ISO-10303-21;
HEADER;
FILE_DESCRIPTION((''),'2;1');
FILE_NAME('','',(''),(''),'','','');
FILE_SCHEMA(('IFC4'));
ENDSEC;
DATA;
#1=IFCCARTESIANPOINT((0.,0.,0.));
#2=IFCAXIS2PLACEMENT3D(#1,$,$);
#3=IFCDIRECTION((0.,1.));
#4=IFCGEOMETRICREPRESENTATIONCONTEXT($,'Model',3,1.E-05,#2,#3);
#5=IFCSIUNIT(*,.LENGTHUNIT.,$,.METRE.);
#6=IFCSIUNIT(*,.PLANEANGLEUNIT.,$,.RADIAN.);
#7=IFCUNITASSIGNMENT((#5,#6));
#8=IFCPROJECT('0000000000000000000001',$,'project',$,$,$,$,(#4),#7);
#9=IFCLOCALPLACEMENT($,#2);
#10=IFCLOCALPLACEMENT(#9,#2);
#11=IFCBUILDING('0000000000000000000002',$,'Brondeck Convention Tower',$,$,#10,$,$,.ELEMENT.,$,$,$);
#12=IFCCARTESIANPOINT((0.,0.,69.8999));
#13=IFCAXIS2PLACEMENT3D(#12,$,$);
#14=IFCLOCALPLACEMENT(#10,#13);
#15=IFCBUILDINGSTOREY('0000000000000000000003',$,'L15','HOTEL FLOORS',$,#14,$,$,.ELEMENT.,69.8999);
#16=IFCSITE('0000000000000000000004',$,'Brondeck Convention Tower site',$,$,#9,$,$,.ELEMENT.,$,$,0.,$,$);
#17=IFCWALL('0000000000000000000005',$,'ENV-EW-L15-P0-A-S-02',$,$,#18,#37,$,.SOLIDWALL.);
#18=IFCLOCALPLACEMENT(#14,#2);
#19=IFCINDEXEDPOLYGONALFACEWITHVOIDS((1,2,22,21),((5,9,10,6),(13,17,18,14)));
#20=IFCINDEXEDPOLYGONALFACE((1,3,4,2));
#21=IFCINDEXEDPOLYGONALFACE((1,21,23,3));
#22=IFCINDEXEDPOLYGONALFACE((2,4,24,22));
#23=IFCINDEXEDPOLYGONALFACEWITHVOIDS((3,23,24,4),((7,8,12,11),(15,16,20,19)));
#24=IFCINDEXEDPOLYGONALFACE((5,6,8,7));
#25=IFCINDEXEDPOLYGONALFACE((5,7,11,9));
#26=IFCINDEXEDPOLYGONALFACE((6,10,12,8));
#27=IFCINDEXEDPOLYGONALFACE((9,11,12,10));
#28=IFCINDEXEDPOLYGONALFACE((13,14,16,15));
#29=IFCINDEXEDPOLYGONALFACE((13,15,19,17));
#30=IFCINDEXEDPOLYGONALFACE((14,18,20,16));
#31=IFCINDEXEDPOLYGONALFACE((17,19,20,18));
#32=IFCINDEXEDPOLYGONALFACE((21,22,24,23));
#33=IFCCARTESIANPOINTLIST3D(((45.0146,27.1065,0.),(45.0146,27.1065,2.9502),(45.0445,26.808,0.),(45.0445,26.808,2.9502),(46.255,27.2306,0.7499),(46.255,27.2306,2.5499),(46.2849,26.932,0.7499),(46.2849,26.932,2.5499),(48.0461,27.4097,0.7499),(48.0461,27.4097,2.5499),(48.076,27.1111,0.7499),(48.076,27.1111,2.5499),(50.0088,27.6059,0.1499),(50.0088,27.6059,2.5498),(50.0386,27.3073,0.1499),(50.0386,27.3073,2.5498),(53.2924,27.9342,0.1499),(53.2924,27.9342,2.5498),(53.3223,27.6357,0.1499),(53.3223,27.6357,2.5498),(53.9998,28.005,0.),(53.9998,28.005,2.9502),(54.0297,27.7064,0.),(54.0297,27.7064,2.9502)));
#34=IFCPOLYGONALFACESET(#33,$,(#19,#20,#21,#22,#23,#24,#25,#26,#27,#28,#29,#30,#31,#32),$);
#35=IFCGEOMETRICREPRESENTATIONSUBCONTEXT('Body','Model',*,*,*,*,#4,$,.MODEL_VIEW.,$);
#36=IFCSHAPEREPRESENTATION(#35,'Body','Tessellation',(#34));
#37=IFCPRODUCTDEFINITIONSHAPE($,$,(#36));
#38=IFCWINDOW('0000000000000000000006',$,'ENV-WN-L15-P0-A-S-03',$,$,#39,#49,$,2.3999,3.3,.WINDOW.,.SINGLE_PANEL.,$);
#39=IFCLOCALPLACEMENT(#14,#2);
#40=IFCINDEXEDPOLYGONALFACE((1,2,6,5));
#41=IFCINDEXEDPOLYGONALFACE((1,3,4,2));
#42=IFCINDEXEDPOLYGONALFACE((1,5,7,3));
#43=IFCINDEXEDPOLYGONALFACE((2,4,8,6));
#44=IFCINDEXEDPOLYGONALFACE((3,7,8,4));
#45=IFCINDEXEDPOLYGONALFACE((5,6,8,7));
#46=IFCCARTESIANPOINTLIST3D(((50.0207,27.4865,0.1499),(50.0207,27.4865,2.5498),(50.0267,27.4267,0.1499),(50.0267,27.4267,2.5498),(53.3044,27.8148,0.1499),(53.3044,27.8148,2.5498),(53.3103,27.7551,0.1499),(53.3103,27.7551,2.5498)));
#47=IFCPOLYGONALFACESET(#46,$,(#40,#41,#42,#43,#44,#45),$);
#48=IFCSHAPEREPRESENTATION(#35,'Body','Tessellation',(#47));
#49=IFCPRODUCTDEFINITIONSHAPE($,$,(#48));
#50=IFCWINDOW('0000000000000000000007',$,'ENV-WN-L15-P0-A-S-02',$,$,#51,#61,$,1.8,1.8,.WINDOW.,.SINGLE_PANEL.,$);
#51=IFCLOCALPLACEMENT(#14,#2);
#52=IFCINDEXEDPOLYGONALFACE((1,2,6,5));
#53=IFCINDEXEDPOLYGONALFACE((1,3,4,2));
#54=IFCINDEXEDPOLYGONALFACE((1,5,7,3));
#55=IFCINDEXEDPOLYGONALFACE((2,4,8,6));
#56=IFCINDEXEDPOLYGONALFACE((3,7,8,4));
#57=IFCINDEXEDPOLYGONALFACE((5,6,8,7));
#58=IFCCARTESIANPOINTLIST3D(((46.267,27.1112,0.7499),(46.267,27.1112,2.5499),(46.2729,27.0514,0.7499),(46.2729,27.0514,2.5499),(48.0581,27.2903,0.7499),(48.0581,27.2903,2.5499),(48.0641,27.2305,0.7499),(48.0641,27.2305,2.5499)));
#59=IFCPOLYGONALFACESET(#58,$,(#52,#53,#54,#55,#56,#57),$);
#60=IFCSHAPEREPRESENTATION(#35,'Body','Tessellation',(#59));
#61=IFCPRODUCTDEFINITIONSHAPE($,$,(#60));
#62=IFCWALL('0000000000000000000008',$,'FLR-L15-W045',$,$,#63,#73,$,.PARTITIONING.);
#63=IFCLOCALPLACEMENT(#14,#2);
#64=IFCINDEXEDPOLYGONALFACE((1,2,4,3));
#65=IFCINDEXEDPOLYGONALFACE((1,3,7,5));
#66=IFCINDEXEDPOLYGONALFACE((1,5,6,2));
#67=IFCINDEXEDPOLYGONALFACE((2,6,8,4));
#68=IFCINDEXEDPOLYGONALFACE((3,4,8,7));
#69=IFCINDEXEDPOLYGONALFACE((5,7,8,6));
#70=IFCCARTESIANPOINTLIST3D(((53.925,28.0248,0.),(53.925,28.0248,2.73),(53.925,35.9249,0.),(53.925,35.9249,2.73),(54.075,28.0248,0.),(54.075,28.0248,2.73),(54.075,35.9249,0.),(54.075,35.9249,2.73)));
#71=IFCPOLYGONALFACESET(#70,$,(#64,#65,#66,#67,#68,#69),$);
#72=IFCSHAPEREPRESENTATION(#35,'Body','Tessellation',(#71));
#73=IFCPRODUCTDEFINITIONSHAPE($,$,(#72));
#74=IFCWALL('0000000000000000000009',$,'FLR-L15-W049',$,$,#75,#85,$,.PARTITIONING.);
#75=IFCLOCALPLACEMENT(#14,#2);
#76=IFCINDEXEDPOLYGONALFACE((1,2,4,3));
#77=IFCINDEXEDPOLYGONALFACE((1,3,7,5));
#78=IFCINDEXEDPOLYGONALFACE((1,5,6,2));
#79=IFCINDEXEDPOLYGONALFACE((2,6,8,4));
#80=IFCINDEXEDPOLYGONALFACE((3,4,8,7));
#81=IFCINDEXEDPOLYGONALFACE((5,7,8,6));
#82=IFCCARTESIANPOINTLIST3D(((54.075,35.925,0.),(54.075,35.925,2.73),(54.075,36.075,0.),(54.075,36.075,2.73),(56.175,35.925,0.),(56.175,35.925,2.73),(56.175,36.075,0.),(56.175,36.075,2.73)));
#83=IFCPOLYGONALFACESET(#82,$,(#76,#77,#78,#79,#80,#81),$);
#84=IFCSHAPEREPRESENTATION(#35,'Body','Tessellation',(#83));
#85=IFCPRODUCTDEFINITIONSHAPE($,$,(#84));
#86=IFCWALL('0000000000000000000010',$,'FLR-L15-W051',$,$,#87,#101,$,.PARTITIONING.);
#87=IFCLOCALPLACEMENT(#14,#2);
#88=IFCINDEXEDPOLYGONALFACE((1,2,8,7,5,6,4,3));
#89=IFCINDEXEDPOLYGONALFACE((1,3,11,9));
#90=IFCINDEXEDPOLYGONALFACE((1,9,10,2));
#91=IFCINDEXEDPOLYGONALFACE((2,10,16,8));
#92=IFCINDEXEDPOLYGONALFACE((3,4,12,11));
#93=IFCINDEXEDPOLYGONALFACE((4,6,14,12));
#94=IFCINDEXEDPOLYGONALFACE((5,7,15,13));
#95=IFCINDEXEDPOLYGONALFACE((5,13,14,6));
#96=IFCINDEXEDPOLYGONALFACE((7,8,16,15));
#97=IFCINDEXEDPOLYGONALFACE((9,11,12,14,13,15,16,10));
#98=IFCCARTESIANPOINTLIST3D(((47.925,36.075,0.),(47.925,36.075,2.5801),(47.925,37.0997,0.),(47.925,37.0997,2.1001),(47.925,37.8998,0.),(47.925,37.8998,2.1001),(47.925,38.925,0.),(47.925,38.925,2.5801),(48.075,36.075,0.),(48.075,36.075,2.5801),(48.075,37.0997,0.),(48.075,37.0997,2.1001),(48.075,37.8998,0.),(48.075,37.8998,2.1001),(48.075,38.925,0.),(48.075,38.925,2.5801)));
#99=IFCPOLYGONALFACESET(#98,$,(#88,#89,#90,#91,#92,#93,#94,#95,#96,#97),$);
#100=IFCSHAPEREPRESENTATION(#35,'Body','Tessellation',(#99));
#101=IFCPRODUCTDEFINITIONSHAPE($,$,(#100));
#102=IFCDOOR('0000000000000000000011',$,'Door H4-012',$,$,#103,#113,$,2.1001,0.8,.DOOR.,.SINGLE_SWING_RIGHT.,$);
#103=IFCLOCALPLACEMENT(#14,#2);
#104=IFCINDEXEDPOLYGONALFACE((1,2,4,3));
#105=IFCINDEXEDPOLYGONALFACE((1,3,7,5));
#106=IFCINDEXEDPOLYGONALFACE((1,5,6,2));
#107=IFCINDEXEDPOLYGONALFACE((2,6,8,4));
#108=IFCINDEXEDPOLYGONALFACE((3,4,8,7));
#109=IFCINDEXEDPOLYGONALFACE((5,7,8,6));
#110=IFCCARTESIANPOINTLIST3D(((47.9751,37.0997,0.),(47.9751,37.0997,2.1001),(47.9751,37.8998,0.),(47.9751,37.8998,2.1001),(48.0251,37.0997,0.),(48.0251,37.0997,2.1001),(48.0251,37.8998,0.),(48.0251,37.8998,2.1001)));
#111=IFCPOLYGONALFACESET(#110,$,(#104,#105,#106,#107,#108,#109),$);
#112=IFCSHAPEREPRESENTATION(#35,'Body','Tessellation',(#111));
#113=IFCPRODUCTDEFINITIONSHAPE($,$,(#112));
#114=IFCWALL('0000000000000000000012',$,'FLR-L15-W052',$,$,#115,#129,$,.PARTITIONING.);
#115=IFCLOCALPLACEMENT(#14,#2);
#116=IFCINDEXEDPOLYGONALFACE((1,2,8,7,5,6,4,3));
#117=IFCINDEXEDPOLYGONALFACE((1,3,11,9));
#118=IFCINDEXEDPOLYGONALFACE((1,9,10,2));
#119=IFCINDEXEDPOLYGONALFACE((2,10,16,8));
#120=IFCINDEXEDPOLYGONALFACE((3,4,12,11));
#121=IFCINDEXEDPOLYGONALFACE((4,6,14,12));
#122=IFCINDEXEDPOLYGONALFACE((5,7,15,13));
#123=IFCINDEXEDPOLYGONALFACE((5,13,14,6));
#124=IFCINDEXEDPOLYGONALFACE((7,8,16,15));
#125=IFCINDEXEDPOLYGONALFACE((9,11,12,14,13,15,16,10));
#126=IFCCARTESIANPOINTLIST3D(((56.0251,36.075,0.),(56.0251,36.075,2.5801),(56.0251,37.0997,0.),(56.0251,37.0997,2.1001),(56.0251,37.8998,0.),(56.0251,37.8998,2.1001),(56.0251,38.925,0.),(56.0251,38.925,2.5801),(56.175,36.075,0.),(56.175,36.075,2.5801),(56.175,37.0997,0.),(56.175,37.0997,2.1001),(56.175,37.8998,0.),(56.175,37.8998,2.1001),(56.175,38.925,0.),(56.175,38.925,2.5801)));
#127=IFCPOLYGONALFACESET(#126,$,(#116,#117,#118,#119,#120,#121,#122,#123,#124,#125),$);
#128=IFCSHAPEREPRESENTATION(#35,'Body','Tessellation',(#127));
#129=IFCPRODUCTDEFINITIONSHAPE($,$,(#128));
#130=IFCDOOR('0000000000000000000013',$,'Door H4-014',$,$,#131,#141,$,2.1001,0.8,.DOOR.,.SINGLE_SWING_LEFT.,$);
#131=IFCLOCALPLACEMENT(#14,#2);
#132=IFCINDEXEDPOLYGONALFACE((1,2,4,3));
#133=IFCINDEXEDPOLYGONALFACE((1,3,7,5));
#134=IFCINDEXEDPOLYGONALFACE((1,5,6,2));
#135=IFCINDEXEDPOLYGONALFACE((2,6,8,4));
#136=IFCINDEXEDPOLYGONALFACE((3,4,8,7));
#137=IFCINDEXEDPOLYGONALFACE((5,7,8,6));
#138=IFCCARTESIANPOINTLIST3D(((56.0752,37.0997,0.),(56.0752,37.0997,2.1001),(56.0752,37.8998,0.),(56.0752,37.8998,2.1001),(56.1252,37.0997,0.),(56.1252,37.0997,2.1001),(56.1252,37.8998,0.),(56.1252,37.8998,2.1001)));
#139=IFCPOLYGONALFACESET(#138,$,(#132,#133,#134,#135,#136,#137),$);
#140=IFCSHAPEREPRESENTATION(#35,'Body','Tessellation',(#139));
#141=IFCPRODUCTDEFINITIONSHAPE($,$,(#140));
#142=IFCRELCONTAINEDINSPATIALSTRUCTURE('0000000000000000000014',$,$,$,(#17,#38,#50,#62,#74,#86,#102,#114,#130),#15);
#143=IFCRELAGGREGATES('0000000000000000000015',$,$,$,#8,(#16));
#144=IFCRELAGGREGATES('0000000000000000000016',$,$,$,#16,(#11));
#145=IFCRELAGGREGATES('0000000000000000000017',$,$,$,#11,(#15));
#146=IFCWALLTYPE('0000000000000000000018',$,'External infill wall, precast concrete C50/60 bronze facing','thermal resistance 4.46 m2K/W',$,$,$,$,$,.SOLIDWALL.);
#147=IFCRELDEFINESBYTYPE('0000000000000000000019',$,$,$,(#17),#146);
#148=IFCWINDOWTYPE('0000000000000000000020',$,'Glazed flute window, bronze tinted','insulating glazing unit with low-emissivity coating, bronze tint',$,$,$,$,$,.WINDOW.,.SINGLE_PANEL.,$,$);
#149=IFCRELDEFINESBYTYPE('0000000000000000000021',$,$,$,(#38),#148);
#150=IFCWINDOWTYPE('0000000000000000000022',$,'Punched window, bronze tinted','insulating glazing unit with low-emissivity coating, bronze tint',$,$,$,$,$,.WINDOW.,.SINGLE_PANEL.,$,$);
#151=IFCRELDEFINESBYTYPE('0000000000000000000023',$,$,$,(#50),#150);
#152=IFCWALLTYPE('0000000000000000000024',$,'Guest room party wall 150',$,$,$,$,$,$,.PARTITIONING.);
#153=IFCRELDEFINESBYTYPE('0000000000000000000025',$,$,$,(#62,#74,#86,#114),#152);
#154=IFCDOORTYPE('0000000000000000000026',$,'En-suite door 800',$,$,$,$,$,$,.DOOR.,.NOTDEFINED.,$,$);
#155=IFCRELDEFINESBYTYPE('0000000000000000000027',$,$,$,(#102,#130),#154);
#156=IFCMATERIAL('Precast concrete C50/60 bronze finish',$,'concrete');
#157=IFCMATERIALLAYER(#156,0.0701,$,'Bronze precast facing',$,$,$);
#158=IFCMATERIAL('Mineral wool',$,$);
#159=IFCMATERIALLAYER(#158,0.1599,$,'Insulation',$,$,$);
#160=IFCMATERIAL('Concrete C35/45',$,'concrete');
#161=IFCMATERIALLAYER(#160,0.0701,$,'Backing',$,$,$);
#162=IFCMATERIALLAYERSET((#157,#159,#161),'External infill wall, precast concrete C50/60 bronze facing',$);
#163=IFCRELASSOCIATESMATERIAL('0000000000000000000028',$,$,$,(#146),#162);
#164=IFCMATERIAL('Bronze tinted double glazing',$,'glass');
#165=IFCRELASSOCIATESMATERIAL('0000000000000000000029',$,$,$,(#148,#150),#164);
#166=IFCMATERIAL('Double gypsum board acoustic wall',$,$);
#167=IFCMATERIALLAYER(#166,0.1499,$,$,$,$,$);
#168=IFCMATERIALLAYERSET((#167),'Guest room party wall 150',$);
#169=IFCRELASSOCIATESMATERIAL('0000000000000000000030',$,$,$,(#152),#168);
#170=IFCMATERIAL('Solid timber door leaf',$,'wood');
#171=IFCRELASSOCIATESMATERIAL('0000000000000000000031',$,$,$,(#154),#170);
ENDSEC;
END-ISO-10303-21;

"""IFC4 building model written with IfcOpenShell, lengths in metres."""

from ifc_helpers import new_model, si_unit, direction, frame, frame_2d, origin, place, context, subcontext, project, spatial, rectangle, extrude, material, layer, layer_set, type_object, element, fill, save


model = new_model("IFC4")

# Units and contexts
model_context = context("Model", 3, precision=1e-05, world=origin(), true_north=direction((0.0, 1.0)))
body_context = subcontext(model_context, "Body", "Model", "MODEL_VIEW")
ifc_project = project(units=[si_unit("LENGTHUNIT", "METRE"), si_unit("PLANEANGLEUNIT", "RADIAN")], contexts=[model_context])

# Site, building, storey
site_placement = place(None, origin())
site = spatial("IfcSite", under=ifc_project, at=site_placement, Name="Brondeck Convention Tower site", CompositionType="ELEMENT", RefElevation=0.0)
building_placement = place(site_placement, origin())
building = spatial("IfcBuilding", under=site, at=building_placement, Name="Brondeck Convention Tower", CompositionType="ELEMENT")
storey_placement = place(building_placement, frame((0.0, 0.0, 69.8999)))
storey = spatial("IfcBuildingStorey", under=building, at=storey_placement, Name="L15", Description="HOTEL FLOORS", CompositionType="ELEMENT", Elevation=69.8999)

# Wall, openings, windows
ifc_material_1 = material(Name="Precast concrete C50/60 bronze finish", Category="concrete")
ifc_layer_1 = layer(ifc_material_1, 0.0701, Name="Bronze precast facing")
ifc_material_2 = material(Name="Mineral wool")
ifc_layer_2 = layer(ifc_material_2, 0.1599, Name="Insulation")
ifc_material_3 = material(Name="Concrete C35/45", Category="concrete")
ifc_layer_3 = layer(ifc_material_3, 0.0701, Name="Backing")
ifc_layer_set_1 = layer_set([ifc_layer_1, ifc_layer_2, ifc_layer_3], Name="External infill wall, precast concrete C50/60 bronze facing")
wall_type_1 = type_object("IfcWallType", Name="External infill wall, precast concrete C50/60 bronze facing", Description="thermal resistance 4.46 m2K/W", PredefinedType="SOLIDWALL", material=ifc_layer_set_1)
ifc_material_4 = material(Name="Bronze tinted double glazing", Category="glass")
window_type_1 = type_object("IfcWindowType", Name="Glazed flute window, bronze tinted", Description="insulating glazing unit with low-emissivity coating, bronze tint", PartitioningType="SINGLE_PANEL", PredefinedType="WINDOW", material=ifc_material_4)
window_type_2 = type_object("IfcWindowType", Name="Punched window, bronze tinted", Description="insulating glazing unit with low-emissivity coating, bronze tint", PartitioningType="SINGLE_PANEL", PredefinedType="WINDOW", material=ifc_material_4)
wall_1_placement = place(storey_placement, frame((54.0149, 27.8557, 0.0), z_axis=(0.0, 0.0, 1.0), x_axis=(-0.995038, -0.099496, 0.0)))
wall_1 = element("IfcWall", 1, at=wall_1_placement, inside=storey, type_object=wall_type_1, Name="ENV-EW-L15-P0-A-S-02", PredefinedType="SOLIDWALL", context=body_context, shape_type="SweptSolid", body=[
    extrude(rectangle(XDim=9.03, YDim=0.3, at=frame_2d((4.5151, 0.0))), origin(), (0.0, 0.0, 1.0), 2.9502),
])
opening_1_placement = place(wall_1_placement, frame((0.7112, 0.0, 0.1499)))
opening_1 = element("IfcOpeningElement", 2, at=opening_1_placement, cuts=wall_1, PredefinedType="OPENING", context=body_context, shape_type="SweptSolid", body=[
    extrude(rectangle(XDim=3.3, YDim=2.3999, at=frame_2d((1.6499, 1.2))), frame((0.0, 0.1599, 0.0), z_axis=(0.0, -1.0, 0.0), x_axis=(1.0, 0.0, 0.0)), (0.0, 0.0, 1.0), 0.3201),
])
opening_2_placement = place(wall_1_placement, frame((5.9836, 0.0, 0.75)))
opening_2 = element("IfcOpeningElement", 3, at=opening_2_placement, cuts=wall_1, PredefinedType="OPENING", context=body_context, shape_type="SweptSolid", body=[
    extrude(rectangle(XDim=1.8, YDim=1.8, at=frame_2d((0.8999, 0.8999))), frame((0.0, 0.1599, 0.0), z_axis=(0.0, -1.0, 0.0), x_axis=(1.0, 0.0, 0.0)), (0.0, 0.0, 1.0), 0.3201),
])
window_1_placement = place(opening_1_placement, origin())
window_1 = element("IfcWindow", 4, at=window_1_placement, inside=storey, type_object=window_type_1, Name="ENV-WN-L15-P0-A-S-03", OverallHeight=2.3999, OverallWidth=3.3, PartitioningType="SINGLE_PANEL", PredefinedType="WINDOW", context=body_context, shape_type="SweptSolid", body=[
    extrude(rectangle(XDim=3.3, YDim=2.3999, at=frame_2d((1.6499, 1.2))), frame((0.0, 0.03, 0.0), z_axis=(0.0, -1.0, 0.0), x_axis=(1.0, 0.0, 0.0)), (0.0, 0.0, 1.0), 0.0601),
])
fill(opening_1, window_1)
window_2_placement = place(opening_2_placement, origin())
window_2 = element("IfcWindow", 5, at=window_2_placement, inside=storey, type_object=window_type_2, Name="ENV-WN-L15-P0-A-S-02", OverallHeight=1.8, OverallWidth=1.8, PartitioningType="SINGLE_PANEL", PredefinedType="WINDOW", context=body_context, shape_type="SweptSolid", body=[
    extrude(rectangle(XDim=1.8, YDim=1.8, at=frame_2d((0.8999, 0.8999))), frame((0.0, 0.03, 0.0), z_axis=(0.0, -1.0, 0.0), x_axis=(1.0, 0.0, 0.0)), (0.0, 0.0, 1.0), 0.0601),
])
fill(opening_2, window_2)

# Walls
ifc_material_5 = material(Name="Double gypsum board acoustic wall")
ifc_layer_4 = layer(ifc_material_5, 0.1499)
ifc_layer_set_2 = layer_set([ifc_layer_4], Name="Guest room party wall 150")
wall_type_2 = type_object("IfcWallType", Name="Guest room party wall 150", PredefinedType="PARTITIONING", material=ifc_layer_set_2)
wall_2_placement = place(storey_placement, frame((54.0, 35.925, 0.0), z_axis=(0.0, 0.0, 1.0), x_axis=(0.0, -1.0, 0.0)))
element("IfcWall", 6, at=wall_2_placement, inside=storey, type_object=wall_type_2, Name="FLR-L15-W045", PredefinedType="PARTITIONING", context=body_context, shape_type="SweptSolid", body=[
    extrude(rectangle(XDim=7.9001, YDim=0.1499, at=frame_2d((3.9502, 0.0))), origin(), (0.0, 0.0, 1.0), 2.73),
])
wall_3_placement = place(storey_placement, frame((54.075, 36.0, 0.0), z_axis=(0.0, 0.0, 1.0), x_axis=(1.0, 0.0, 0.0)))
element("IfcWall", 7, at=wall_3_placement, inside=storey, type_object=wall_type_2, Name="FLR-L15-W049", PredefinedType="PARTITIONING", context=body_context, shape_type="SweptSolid", body=[
    extrude(rectangle(XDim=2.1001, YDim=0.1499, at=frame_2d((1.05, 0.0))), origin(), (0.0, 0.0, 1.0), 2.73),
])

# Walls, openings, doors
wall_4_placement = place(storey_placement, frame((48.0, 36.075, 0.0), z_axis=(0.0, 0.0, 1.0), x_axis=(0.0, 1.0, 0.0)))
wall_4 = element("IfcWall", 8, at=wall_4_placement, inside=storey, type_object=wall_type_2, Name="FLR-L15-W051", PredefinedType="PARTITIONING", context=body_context, shape_type="SweptSolid", body=[
    extrude(rectangle(XDim=2.8501, YDim=0.1499, at=frame_2d((1.425, 0.0))), origin(), (0.0, 0.0, 1.0), 2.5801),
])
opening_3_placement = place(wall_4_placement, frame((1.0249, 0.0, 0.0)))
opening_3 = element("IfcOpeningElement", 9, at=opening_3_placement, cuts=wall_4, PredefinedType="OPENING", context=body_context, shape_type="SweptSolid", body=[
    extrude(rectangle(XDim=0.8, YDim=2.1001, at=frame_2d((0.3999, 1.05))), frame((0.0, 0.085, 0.0), z_axis=(0.0, -1.0, 0.0), x_axis=(1.0, 0.0, 0.0)), (0.0, 0.0, 1.0), 0.1699),
])
ifc_material_6 = material(Name="Solid timber door leaf", Category="wood")
door_type = type_object("IfcDoorType", Name="En-suite door 800", OperationType="NOTDEFINED", PredefinedType="DOOR", material=ifc_material_6)
door_1_placement = place(opening_3_placement, origin())
door_1 = element("IfcDoor", 10, at=door_1_placement, inside=storey, type_object=door_type, Name="Door H4-012", OperationType="SINGLE_SWING_RIGHT", OverallHeight=2.1001, OverallWidth=0.8, PredefinedType="DOOR", context=body_context, shape_type="SweptSolid", body=[
    extrude(rectangle(XDim=0.8, YDim=2.1001, at=frame_2d((0.3999, 1.05))), frame((0.0, 0.0249, 0.0), z_axis=(0.0, -1.0, 0.0), x_axis=(1.0, 0.0, 0.0)), (0.0, 0.0, 1.0), 0.05),
])
fill(opening_3, door_1)
wall_5_placement = place(storey_placement, frame((56.1001, 36.075, 0.0), z_axis=(0.0, 0.0, 1.0), x_axis=(0.0, 1.0, 0.0)))
wall_5 = element("IfcWall", 11, at=wall_5_placement, inside=storey, type_object=wall_type_2, Name="FLR-L15-W052", PredefinedType="PARTITIONING", context=body_context, shape_type="SweptSolid", body=[
    extrude(rectangle(XDim=2.8501, YDim=0.1499, at=frame_2d((1.425, 0.0))), origin(), (0.0, 0.0, 1.0), 2.5801),
])
opening_4_placement = place(wall_5_placement, frame((1.0249, 0.0, 0.0)))
opening_4 = element("IfcOpeningElement", 12, at=opening_4_placement, cuts=wall_5, PredefinedType="OPENING", context=body_context, shape_type="SweptSolid", body=[
    extrude(rectangle(XDim=0.8, YDim=2.1001, at=frame_2d((0.3999, 1.05))), frame((0.0, 0.085, 0.0), z_axis=(0.0, -1.0, 0.0), x_axis=(1.0, 0.0, 0.0)), (0.0, 0.0, 1.0), 0.1699),
])
door_2_placement = place(opening_4_placement, origin())
door_2 = element("IfcDoor", 13, at=door_2_placement, inside=storey, type_object=door_type, Name="Door H4-014", OperationType="SINGLE_SWING_LEFT", OverallHeight=2.1001, OverallWidth=0.8, PredefinedType="DOOR", context=body_context, shape_type="SweptSolid", body=[
    extrude(rectangle(XDim=0.8, YDim=2.1001, at=frame_2d((0.3999, 1.05))), frame((0.0, 0.0249, 0.0), z_axis=(0.0, -1.0, 0.0), x_axis=(1.0, 0.0, 0.0)), (0.0, 0.0, 1.0), 0.05),
])
fill(opening_4, door_2)

save(model, "model.ifc")
